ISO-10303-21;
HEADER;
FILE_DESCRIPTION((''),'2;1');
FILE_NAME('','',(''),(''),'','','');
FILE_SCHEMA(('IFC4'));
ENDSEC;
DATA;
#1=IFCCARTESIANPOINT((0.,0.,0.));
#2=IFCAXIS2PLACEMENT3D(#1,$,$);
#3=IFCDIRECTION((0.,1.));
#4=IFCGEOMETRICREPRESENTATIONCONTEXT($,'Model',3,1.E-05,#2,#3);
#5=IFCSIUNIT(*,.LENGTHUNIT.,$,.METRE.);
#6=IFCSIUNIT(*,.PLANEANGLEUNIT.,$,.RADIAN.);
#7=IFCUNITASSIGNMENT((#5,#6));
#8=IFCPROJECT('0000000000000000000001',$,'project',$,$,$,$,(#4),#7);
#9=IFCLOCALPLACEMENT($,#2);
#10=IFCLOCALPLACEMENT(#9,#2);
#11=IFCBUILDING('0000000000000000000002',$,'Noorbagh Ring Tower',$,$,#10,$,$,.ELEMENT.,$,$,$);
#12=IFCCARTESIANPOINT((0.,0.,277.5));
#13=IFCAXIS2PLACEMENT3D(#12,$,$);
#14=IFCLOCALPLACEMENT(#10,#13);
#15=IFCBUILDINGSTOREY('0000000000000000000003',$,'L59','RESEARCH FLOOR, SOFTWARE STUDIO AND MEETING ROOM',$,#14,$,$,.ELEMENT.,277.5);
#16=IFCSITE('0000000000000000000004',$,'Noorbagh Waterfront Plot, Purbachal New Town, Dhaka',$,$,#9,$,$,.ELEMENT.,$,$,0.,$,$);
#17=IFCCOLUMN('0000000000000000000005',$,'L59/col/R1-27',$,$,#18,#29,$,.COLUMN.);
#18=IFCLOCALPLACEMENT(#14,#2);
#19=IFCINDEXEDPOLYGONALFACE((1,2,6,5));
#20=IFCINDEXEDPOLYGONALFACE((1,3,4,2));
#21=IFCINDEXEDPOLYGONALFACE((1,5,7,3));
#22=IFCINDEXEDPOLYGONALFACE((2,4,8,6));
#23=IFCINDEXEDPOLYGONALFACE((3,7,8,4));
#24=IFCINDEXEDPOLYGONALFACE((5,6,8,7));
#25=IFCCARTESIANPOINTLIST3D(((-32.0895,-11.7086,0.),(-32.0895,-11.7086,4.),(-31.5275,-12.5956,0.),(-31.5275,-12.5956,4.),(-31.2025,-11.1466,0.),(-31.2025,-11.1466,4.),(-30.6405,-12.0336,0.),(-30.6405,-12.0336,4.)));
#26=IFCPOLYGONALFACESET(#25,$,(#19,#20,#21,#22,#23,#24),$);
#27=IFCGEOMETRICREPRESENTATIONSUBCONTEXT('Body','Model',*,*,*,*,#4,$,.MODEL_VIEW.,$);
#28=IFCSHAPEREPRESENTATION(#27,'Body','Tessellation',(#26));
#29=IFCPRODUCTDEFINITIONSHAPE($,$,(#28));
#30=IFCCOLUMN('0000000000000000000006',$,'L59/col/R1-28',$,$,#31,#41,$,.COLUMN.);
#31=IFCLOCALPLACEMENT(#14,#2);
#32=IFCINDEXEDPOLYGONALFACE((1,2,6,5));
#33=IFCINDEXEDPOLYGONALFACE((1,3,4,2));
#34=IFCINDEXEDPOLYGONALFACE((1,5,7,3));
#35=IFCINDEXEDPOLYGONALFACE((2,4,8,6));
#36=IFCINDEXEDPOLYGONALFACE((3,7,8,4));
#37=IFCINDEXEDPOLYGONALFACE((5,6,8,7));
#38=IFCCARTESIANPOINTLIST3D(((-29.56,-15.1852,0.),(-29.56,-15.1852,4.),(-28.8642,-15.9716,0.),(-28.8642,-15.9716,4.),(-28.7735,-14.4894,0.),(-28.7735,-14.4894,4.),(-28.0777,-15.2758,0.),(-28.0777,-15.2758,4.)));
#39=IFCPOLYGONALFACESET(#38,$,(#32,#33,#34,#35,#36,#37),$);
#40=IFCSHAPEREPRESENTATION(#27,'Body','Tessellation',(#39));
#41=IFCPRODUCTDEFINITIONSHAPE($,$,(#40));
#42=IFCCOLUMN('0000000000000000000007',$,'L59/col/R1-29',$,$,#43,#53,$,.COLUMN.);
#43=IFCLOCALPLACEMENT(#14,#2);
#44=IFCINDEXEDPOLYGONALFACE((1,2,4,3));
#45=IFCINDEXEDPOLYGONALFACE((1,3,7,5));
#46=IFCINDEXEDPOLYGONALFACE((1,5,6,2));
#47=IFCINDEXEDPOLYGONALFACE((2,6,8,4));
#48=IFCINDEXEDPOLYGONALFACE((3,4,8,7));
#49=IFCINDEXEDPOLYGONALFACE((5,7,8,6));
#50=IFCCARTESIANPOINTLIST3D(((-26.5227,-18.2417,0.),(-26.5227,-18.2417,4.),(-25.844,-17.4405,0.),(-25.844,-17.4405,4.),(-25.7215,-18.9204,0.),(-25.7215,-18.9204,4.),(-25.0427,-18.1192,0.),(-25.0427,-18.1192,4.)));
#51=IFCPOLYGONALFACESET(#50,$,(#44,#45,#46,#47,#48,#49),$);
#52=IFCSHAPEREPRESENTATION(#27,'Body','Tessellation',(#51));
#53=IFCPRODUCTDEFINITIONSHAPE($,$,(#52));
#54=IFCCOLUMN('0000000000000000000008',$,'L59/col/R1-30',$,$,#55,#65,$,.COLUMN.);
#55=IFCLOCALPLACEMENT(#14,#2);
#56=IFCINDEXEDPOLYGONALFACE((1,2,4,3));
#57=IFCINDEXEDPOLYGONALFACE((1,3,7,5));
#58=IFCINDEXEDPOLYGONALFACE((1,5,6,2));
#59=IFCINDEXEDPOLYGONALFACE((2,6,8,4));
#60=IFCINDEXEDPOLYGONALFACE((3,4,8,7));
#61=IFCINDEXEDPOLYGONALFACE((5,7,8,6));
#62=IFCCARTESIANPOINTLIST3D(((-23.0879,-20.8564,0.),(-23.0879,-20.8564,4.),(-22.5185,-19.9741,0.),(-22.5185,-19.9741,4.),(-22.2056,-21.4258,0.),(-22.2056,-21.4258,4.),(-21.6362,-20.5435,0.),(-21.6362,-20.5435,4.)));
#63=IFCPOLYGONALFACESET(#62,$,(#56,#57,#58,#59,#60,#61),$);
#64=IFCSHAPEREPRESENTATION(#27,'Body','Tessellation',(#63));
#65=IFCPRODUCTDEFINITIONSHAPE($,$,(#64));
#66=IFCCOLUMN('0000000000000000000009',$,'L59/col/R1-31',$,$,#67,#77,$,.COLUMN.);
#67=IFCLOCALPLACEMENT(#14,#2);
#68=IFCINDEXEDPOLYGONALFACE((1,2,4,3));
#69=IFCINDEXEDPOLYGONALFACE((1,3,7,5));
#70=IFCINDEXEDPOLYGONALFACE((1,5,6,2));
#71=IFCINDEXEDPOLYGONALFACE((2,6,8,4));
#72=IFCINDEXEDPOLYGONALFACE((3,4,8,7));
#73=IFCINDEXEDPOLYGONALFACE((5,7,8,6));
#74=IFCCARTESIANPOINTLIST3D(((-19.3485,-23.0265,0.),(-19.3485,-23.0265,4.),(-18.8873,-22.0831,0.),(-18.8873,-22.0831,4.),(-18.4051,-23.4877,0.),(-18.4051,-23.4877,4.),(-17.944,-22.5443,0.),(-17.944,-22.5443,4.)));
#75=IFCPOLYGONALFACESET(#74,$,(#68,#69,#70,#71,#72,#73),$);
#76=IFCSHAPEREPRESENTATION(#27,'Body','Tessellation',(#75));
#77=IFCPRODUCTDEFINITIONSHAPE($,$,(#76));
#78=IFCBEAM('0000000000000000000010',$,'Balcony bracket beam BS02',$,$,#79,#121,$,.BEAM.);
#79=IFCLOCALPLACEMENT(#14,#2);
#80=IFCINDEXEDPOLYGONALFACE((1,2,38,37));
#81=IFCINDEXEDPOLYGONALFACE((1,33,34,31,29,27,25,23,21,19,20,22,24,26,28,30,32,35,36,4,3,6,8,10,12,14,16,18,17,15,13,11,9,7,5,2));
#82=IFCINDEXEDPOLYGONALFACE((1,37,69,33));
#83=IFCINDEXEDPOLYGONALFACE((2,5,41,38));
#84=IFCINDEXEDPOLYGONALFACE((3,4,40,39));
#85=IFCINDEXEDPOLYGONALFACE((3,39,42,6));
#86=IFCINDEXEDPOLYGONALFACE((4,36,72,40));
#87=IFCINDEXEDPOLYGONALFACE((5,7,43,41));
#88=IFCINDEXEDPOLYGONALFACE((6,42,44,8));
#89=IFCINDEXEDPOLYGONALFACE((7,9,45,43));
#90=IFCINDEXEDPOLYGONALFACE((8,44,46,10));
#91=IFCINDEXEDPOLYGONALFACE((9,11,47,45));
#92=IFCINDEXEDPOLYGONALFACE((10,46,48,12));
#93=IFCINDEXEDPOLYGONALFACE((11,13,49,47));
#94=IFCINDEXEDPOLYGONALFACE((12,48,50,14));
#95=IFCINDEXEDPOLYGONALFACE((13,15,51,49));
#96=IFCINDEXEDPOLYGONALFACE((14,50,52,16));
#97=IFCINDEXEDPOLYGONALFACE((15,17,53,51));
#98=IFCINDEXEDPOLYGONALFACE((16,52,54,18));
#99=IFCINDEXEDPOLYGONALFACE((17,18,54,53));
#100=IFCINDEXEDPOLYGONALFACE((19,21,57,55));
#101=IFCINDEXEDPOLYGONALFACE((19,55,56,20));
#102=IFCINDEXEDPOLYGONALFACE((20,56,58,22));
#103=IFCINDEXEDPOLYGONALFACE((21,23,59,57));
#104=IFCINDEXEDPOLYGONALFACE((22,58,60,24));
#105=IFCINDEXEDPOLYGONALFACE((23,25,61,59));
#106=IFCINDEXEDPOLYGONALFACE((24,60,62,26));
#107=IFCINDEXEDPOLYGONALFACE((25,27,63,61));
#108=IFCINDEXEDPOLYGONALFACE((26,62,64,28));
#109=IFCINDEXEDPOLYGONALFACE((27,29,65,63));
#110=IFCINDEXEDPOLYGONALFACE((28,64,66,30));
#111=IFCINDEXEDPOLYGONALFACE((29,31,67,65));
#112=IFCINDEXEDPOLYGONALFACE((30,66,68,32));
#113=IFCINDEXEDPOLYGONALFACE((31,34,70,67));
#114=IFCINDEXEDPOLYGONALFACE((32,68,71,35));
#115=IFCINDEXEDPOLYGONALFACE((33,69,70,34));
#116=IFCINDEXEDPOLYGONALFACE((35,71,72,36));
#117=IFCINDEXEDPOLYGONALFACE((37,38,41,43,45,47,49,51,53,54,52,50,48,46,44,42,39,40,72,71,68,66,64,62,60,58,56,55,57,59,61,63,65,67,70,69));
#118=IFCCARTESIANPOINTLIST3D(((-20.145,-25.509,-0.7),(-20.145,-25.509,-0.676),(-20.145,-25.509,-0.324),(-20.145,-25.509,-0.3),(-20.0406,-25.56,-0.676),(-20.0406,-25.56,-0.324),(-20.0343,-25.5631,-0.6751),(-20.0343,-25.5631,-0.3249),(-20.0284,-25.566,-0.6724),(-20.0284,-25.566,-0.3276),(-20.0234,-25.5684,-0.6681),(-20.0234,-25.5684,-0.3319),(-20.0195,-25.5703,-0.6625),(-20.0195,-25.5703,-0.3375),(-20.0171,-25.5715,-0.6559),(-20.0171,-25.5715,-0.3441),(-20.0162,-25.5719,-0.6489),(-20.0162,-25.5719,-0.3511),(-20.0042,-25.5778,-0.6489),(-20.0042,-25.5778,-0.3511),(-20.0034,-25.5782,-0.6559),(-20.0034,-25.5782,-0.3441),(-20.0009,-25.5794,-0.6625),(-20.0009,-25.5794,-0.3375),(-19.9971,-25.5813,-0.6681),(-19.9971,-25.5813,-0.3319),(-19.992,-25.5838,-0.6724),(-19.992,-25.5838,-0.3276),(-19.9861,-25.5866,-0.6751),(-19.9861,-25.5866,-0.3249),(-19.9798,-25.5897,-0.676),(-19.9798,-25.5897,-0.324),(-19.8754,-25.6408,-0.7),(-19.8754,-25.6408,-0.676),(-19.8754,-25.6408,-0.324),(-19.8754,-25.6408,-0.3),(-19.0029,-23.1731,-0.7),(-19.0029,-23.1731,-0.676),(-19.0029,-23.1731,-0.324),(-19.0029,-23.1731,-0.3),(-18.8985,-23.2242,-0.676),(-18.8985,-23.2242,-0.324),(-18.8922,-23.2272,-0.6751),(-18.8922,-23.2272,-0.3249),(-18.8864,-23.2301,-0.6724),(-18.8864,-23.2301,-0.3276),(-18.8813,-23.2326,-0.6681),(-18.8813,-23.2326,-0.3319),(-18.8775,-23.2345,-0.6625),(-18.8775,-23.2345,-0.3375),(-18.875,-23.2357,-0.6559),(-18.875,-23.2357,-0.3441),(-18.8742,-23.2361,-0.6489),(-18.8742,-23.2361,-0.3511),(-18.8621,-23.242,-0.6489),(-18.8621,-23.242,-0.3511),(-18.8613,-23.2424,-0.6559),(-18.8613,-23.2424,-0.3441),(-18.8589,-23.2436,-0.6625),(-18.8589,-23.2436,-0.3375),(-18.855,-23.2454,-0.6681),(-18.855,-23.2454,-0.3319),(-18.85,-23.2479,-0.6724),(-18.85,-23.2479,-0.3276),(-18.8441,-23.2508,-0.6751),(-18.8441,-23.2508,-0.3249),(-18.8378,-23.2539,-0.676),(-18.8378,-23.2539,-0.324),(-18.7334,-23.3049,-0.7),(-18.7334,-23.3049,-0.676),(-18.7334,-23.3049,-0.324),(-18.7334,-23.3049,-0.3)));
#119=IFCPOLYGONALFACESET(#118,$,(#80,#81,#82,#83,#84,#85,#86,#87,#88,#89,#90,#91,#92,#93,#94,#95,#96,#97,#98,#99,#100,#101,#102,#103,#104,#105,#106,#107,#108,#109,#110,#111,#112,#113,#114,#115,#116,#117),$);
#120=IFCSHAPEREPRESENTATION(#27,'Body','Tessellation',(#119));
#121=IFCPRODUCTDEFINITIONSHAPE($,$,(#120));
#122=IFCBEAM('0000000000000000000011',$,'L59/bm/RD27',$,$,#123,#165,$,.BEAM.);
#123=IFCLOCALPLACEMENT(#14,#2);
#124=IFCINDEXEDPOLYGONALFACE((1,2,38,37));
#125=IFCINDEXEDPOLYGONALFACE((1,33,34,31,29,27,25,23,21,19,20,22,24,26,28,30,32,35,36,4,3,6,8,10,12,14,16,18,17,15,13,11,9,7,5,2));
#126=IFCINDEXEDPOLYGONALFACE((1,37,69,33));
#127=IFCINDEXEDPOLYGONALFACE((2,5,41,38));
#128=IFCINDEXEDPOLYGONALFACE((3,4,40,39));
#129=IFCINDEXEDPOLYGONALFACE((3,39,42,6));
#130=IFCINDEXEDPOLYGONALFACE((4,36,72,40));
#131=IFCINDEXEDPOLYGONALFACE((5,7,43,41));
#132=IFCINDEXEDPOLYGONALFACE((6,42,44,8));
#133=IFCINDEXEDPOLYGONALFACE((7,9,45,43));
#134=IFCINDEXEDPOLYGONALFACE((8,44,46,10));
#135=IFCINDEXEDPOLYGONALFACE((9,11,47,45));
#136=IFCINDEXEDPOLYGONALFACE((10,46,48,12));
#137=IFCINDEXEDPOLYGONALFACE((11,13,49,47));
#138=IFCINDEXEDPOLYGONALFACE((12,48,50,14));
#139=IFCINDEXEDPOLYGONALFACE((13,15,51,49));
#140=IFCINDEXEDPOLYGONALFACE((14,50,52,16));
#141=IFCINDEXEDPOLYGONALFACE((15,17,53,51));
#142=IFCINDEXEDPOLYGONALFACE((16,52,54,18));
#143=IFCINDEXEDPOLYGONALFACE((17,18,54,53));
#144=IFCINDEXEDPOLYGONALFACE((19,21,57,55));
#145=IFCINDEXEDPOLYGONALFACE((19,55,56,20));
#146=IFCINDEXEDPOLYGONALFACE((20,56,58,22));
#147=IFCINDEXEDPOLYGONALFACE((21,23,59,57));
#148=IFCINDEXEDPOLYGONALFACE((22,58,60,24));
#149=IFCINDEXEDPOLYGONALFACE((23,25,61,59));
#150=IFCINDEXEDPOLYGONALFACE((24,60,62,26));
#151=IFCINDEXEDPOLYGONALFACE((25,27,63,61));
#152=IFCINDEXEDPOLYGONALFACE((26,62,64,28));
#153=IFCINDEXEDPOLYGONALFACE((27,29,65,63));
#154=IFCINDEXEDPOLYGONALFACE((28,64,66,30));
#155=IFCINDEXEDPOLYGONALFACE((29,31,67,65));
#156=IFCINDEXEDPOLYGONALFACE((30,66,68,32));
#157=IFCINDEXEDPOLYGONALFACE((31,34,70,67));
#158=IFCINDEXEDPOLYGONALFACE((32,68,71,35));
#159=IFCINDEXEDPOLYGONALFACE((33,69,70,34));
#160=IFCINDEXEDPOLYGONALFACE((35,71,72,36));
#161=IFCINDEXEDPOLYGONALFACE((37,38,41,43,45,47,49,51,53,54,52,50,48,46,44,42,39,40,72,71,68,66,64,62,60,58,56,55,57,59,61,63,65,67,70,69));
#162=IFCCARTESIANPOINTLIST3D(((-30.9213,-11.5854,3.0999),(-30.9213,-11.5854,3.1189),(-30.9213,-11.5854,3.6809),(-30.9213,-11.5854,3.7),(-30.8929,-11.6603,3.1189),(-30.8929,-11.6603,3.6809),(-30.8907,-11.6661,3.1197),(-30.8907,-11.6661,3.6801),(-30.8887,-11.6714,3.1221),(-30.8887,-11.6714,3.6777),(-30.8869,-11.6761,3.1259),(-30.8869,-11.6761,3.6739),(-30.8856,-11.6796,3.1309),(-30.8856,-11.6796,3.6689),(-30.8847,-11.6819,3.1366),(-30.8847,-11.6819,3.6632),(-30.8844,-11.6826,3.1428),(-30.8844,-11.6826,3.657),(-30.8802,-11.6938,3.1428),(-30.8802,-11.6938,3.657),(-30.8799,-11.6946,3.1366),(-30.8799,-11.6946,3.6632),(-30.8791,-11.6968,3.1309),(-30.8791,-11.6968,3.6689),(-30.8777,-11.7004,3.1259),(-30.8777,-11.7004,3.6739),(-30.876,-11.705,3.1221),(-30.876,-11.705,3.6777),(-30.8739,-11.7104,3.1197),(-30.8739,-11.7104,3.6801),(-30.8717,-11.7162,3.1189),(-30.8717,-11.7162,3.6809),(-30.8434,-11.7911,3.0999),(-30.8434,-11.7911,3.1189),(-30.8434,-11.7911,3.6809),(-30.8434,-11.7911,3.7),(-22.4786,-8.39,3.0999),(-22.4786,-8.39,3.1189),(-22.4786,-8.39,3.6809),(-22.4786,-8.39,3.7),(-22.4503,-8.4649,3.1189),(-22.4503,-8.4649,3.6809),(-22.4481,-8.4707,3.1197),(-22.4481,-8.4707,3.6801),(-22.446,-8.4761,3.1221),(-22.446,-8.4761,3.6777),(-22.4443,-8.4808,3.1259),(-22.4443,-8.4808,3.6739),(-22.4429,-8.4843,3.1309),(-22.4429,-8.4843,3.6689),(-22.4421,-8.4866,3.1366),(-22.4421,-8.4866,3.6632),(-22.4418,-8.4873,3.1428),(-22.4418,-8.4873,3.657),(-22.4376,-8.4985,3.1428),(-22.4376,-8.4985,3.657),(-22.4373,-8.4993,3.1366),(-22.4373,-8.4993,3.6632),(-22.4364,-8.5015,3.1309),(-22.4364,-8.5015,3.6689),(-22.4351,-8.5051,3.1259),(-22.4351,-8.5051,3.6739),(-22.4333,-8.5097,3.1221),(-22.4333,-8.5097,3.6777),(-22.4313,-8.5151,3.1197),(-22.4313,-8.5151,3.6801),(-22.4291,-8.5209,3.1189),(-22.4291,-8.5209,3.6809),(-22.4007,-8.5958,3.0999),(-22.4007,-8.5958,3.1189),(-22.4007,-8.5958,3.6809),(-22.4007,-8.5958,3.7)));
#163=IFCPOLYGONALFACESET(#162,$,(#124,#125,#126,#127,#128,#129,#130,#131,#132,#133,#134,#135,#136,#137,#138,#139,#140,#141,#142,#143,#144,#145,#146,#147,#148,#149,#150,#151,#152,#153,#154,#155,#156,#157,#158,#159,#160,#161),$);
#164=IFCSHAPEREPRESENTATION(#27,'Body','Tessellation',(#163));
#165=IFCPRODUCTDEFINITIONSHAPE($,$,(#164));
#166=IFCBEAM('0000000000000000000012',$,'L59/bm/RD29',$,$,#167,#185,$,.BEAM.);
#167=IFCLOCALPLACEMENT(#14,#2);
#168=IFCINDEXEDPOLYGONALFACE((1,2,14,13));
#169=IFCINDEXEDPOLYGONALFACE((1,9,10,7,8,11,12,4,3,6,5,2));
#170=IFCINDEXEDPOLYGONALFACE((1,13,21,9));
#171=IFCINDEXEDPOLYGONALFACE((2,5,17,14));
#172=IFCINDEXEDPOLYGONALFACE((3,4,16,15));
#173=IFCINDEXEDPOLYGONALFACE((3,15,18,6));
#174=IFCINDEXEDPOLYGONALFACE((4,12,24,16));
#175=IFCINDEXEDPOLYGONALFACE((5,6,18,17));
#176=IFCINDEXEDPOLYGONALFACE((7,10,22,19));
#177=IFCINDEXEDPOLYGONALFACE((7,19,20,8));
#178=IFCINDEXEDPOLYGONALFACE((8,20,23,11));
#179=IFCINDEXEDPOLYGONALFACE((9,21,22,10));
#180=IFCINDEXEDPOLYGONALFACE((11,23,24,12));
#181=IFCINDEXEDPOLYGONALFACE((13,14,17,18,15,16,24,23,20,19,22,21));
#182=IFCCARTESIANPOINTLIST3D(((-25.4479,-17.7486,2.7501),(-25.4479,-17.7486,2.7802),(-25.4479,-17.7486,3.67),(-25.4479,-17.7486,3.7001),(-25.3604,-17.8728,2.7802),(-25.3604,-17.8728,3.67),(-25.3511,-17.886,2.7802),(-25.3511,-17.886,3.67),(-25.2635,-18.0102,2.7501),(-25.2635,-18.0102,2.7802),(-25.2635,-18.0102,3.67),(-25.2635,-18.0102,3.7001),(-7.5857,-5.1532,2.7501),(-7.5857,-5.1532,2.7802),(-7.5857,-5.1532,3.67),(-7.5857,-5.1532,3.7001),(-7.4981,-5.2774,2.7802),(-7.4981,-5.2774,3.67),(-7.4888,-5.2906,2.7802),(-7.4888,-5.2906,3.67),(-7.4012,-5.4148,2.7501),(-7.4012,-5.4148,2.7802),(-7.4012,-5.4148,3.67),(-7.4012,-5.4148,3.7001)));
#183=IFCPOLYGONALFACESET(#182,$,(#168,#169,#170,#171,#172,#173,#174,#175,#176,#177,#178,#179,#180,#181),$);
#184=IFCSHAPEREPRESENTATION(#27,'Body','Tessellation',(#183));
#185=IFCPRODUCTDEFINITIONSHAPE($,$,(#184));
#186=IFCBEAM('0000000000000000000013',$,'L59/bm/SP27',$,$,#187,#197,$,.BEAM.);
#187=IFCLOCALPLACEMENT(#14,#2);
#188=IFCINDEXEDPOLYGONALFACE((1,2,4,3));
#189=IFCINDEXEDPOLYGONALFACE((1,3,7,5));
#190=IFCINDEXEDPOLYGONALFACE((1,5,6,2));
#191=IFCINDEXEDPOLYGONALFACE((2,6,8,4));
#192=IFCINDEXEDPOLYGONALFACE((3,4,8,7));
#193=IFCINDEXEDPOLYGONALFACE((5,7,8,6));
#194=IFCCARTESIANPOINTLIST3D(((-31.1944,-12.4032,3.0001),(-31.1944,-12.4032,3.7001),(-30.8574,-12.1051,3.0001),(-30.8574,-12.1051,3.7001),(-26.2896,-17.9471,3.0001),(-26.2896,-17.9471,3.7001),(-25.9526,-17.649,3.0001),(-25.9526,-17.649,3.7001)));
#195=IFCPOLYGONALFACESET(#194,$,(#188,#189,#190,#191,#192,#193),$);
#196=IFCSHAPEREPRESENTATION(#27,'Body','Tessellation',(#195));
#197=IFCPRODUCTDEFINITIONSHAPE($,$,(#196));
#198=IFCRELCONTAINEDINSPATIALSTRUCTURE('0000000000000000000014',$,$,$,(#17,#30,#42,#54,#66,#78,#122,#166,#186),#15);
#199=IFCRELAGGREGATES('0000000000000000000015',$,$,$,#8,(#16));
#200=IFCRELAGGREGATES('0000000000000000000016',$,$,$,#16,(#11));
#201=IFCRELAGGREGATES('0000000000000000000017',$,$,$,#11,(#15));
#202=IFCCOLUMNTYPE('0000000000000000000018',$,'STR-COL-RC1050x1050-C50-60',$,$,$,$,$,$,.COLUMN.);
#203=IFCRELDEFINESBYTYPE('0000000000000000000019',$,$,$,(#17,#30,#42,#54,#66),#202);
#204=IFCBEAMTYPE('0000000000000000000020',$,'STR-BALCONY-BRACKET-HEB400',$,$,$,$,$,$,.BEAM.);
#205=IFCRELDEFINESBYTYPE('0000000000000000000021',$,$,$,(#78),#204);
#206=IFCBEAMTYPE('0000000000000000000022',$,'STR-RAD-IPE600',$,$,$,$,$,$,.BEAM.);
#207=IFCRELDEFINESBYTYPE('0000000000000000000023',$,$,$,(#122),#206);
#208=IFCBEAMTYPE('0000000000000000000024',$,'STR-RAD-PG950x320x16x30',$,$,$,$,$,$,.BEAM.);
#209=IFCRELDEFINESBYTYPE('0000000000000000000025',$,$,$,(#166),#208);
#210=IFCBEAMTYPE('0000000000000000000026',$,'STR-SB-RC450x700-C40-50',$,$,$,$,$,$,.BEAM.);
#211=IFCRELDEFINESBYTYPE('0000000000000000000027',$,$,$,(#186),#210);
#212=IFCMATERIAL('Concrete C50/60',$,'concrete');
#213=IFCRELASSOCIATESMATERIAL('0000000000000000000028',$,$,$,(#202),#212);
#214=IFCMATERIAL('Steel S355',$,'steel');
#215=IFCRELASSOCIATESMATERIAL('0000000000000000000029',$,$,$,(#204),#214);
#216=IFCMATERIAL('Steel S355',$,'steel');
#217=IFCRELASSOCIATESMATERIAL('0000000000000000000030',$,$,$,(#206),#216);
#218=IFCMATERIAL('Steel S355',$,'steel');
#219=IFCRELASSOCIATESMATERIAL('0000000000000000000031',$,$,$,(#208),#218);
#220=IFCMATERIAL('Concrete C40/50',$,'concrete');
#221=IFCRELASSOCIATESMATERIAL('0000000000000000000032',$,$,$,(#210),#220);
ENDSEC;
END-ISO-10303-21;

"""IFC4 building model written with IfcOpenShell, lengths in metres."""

from ifc_helpers import new_model, si_unit, direction, frame, origin, origin_2d, place, context, subcontext, project, spatial, rectangle, i_section, extrude, material, material_profile, profile_set, type_object, element, save


model = new_model("IFC4")

# Units and contexts
model_context = context("Model", 3, precision=1e-05, world=origin(), true_north=direction((0.0, 1.0)))
body_context = subcontext(model_context, "Body", "Model", "MODEL_VIEW")
ifc_project = project(units=[si_unit("LENGTHUNIT", "METRE"), si_unit("PLANEANGLEUNIT", "RADIAN")], contexts=[model_context])

# Site, building, storey
site_placement = place(None, origin())
site = spatial("IfcSite", under=ifc_project, at=site_placement, Name="Noorbagh Waterfront Plot, Purbachal New Town, Dhaka", CompositionType="ELEMENT", RefElevation=0.0)
building_placement = place(site_placement, origin())
building = spatial("IfcBuilding", under=site, at=building_placement, Name="Noorbagh Ring Tower", CompositionType="ELEMENT")
storey_placement = place(building_placement, frame((0.0, 0.0, 277.5)))
storey = spatial("IfcBuildingStorey", under=building, at=storey_placement, Name="L59", Description="RESEARCH FLOOR, SOFTWARE STUDIO AND MEETING ROOM", CompositionType="ELEMENT", Elevation=277.5)

# Columns
ifc_material_1 = material(Name="Concrete C50/60", Category="concrete")
ifc_material_profile_1 = material_profile(ifc_material_1, rectangle(XDim=1.05, YDim=1.05, at=origin_2d()), Name="RC1050x1050")
ifc_profile_set_1 = profile_set([ifc_material_profile_1], Name="Concrete C50/60")
column_type = type_object("IfcColumnType", Name="STR-COL-RC1050x1050-C50-60", PredefinedType="COLUMN", material=ifc_profile_set_1)
for number, where, z_axis, x_axis, name in (
    (1, (-31.365, -11.8711, 0.0), (0.0, 0.0, 1.0), (0.53519, -0.844731, 0.0), "L59/col/R1-27"),
    (2, (-28.8188, -15.2305, 0.0), (0.0, 0.0, 1.0), (0.662636, -0.748942, 0.0), "L59/col/R1-28"),
    (3, (-25.7827, -18.1804, 0.0), (0.0, 0.0, 1.0), (0.763035, -0.646357, 0.0), "L59/col/R1-29"),
    (4, (-22.3621, -20.7, 0.0), (0.0, 0.0, 1.0), (0.840248, -0.542203, 0.0), "L59/col/R1-30"),
    (5, (-18.6462, -22.7854, 0.0), (0.0, 0.0, 1.0), (0.898399, -0.43918, 0.0), "L59/col/R1-31"),
):
    element("IfcColumn", number, at=place(storey_placement, frame(where, z_axis=z_axis, x_axis=x_axis)), inside=storey, type_object=column_type, Name=name, PredefinedType="COLUMN", context=body_context, shape_type="SweptSolid", body=[
        extrude(rectangle(XDim=1.05, YDim=1.05, at=origin_2d()), origin(), (0.0, 0.0, 1.0), 4.0),
    ])

# Beams
ifc_material_2 = material(Name="Steel S355", Category="steel")
ifc_material_profile_2 = material_profile(ifc_material_2, i_section(OverallWidth=0.3, OverallDepth=0.3999, WebThickness=0.0134, FlangeThickness=0.0239, FilletRadius=0.0271, at=origin_2d()), Name="HEB400")
ifc_profile_set_2 = profile_set([ifc_material_profile_2], Name="Steel S355")
beam_type_1 = type_object("IfcBeamType", Name="STR-BALCONY-BRACKET-HEB400", PredefinedType="BEAM", material=ifc_profile_set_2)
beam_1_placement = place(storey_placement, frame((-18.8682, -23.239, -0.5), z_axis=(-0.439234, -0.898373, 0.0), x_axis=(0.898373, -0.439234, 0.0)))
element("IfcBeam", 6, at=beam_1_placement, inside=storey, type_object=beam_type_1, Name="Balcony bracket beam BS02", PredefinedType="BEAM", context=body_context, shape_type="SweptSolid", body=[
    extrude(i_section(OverallWidth=0.3, OverallDepth=0.3999, WebThickness=0.0134, FlangeThickness=0.0239, FilletRadius=0.0271, at=origin_2d()), origin(), (0.0, 0.0, 1.0), 2.6001),
])
ifc_material_3 = material(Name="Steel S355", Category="steel")
ifc_material_profile_3 = material_profile(ifc_material_3, i_section(OverallWidth=0.22, OverallDepth=0.6001, WebThickness=0.012, FlangeThickness=0.019, FilletRadius=0.0239, at=origin_2d()), Name="IPE600")
ifc_profile_set_3 = profile_set([ifc_material_profile_3], Name="Steel S355")
beam_type_2 = type_object("IfcBeamType", Name="STR-RAD-IPE600", PredefinedType="BEAM", material=ifc_profile_set_3)
beam_2_placement = place(storey_placement, frame((-30.8823, -11.6882, 3.3999), z_axis=(0.935257, 0.35397, 0.0), x_axis=(-0.35397, 0.935257, 0.0)))
element("IfcBeam", 7, at=beam_2_placement, inside=storey, type_object=beam_type_2, Name="L59/bm/RD27", PredefinedType="BEAM", context=body_context, shape_type="SweptSolid", body=[
    extrude(i_section(OverallWidth=0.22, OverallDepth=0.6001, WebThickness=0.012, FlangeThickness=0.019, FilletRadius=0.0239, at=origin_2d()), origin(), (0.0, 0.0, 1.0), 9.0271),
])
ifc_material_4 = material(Name="Steel S355", Category="steel")
ifc_material_profile_4 = material_profile(ifc_material_4, i_section(OverallWidth=0.3201, OverallDepth=0.95, WebThickness=0.0161, FlangeThickness=0.03, at=origin_2d()), Name="PG950x320x16x30")
ifc_profile_set_4 = profile_set([ifc_material_profile_4], Name="Steel S355")
beam_type_3 = type_object("IfcBeamType", Name="STR-RAD-PG950x320x16x30", PredefinedType="BEAM", material=ifc_profile_set_4)
beam_3_placement = place(storey_placement, frame((-25.3557, -17.8794, 3.2251), z_axis=(0.817253, 0.576279, 0.0), x_axis=(-0.576279, 0.817253, 0.0)))
element("IfcBeam", 8, at=beam_3_placement, inside=storey, type_object=beam_type_3, Name="L59/bm/RD29", PredefinedType="BEAM", context=body_context, shape_type="SweptSolid", body=[
    extrude(i_section(OverallWidth=0.3201, OverallDepth=0.95, WebThickness=0.0161, FlangeThickness=0.03, at=origin_2d()), origin(), (0.0, 0.0, 1.0), 21.8564),
])
ifc_material_5 = material(Name="Concrete C40/50", Category="concrete")
ifc_material_profile_5 = material_profile(ifc_material_5, rectangle(XDim=0.45, YDim=0.7, at=origin_2d()), Name="RC450x700")
ifc_profile_set_5 = profile_set([ifc_material_profile_5], Name="Concrete C40/50")
beam_type_4 = type_object("IfcBeamType", Name="STR-SB-RC450x700-C40-50", PredefinedType="BEAM", material=ifc_profile_set_5)
beam_4_placement = place(storey_placement, frame((-31.0259, -12.2542, 3.3501), z_axis=(0.662614, -0.748961, 0.0), x_axis=(0.748961, 0.662614, 0.0)))
element("IfcBeam", 9, at=beam_4_placement, inside=storey, type_object=beam_type_4, Name="L59/bm/SP27", PredefinedType="BEAM", context=body_context, shape_type="SweptSolid", body=[
    extrude(rectangle(XDim=0.45, YDim=0.7, at=origin_2d()), origin(), (0.0, 0.0, 1.0), 7.4021),
])

save(model, "model.ifc")
